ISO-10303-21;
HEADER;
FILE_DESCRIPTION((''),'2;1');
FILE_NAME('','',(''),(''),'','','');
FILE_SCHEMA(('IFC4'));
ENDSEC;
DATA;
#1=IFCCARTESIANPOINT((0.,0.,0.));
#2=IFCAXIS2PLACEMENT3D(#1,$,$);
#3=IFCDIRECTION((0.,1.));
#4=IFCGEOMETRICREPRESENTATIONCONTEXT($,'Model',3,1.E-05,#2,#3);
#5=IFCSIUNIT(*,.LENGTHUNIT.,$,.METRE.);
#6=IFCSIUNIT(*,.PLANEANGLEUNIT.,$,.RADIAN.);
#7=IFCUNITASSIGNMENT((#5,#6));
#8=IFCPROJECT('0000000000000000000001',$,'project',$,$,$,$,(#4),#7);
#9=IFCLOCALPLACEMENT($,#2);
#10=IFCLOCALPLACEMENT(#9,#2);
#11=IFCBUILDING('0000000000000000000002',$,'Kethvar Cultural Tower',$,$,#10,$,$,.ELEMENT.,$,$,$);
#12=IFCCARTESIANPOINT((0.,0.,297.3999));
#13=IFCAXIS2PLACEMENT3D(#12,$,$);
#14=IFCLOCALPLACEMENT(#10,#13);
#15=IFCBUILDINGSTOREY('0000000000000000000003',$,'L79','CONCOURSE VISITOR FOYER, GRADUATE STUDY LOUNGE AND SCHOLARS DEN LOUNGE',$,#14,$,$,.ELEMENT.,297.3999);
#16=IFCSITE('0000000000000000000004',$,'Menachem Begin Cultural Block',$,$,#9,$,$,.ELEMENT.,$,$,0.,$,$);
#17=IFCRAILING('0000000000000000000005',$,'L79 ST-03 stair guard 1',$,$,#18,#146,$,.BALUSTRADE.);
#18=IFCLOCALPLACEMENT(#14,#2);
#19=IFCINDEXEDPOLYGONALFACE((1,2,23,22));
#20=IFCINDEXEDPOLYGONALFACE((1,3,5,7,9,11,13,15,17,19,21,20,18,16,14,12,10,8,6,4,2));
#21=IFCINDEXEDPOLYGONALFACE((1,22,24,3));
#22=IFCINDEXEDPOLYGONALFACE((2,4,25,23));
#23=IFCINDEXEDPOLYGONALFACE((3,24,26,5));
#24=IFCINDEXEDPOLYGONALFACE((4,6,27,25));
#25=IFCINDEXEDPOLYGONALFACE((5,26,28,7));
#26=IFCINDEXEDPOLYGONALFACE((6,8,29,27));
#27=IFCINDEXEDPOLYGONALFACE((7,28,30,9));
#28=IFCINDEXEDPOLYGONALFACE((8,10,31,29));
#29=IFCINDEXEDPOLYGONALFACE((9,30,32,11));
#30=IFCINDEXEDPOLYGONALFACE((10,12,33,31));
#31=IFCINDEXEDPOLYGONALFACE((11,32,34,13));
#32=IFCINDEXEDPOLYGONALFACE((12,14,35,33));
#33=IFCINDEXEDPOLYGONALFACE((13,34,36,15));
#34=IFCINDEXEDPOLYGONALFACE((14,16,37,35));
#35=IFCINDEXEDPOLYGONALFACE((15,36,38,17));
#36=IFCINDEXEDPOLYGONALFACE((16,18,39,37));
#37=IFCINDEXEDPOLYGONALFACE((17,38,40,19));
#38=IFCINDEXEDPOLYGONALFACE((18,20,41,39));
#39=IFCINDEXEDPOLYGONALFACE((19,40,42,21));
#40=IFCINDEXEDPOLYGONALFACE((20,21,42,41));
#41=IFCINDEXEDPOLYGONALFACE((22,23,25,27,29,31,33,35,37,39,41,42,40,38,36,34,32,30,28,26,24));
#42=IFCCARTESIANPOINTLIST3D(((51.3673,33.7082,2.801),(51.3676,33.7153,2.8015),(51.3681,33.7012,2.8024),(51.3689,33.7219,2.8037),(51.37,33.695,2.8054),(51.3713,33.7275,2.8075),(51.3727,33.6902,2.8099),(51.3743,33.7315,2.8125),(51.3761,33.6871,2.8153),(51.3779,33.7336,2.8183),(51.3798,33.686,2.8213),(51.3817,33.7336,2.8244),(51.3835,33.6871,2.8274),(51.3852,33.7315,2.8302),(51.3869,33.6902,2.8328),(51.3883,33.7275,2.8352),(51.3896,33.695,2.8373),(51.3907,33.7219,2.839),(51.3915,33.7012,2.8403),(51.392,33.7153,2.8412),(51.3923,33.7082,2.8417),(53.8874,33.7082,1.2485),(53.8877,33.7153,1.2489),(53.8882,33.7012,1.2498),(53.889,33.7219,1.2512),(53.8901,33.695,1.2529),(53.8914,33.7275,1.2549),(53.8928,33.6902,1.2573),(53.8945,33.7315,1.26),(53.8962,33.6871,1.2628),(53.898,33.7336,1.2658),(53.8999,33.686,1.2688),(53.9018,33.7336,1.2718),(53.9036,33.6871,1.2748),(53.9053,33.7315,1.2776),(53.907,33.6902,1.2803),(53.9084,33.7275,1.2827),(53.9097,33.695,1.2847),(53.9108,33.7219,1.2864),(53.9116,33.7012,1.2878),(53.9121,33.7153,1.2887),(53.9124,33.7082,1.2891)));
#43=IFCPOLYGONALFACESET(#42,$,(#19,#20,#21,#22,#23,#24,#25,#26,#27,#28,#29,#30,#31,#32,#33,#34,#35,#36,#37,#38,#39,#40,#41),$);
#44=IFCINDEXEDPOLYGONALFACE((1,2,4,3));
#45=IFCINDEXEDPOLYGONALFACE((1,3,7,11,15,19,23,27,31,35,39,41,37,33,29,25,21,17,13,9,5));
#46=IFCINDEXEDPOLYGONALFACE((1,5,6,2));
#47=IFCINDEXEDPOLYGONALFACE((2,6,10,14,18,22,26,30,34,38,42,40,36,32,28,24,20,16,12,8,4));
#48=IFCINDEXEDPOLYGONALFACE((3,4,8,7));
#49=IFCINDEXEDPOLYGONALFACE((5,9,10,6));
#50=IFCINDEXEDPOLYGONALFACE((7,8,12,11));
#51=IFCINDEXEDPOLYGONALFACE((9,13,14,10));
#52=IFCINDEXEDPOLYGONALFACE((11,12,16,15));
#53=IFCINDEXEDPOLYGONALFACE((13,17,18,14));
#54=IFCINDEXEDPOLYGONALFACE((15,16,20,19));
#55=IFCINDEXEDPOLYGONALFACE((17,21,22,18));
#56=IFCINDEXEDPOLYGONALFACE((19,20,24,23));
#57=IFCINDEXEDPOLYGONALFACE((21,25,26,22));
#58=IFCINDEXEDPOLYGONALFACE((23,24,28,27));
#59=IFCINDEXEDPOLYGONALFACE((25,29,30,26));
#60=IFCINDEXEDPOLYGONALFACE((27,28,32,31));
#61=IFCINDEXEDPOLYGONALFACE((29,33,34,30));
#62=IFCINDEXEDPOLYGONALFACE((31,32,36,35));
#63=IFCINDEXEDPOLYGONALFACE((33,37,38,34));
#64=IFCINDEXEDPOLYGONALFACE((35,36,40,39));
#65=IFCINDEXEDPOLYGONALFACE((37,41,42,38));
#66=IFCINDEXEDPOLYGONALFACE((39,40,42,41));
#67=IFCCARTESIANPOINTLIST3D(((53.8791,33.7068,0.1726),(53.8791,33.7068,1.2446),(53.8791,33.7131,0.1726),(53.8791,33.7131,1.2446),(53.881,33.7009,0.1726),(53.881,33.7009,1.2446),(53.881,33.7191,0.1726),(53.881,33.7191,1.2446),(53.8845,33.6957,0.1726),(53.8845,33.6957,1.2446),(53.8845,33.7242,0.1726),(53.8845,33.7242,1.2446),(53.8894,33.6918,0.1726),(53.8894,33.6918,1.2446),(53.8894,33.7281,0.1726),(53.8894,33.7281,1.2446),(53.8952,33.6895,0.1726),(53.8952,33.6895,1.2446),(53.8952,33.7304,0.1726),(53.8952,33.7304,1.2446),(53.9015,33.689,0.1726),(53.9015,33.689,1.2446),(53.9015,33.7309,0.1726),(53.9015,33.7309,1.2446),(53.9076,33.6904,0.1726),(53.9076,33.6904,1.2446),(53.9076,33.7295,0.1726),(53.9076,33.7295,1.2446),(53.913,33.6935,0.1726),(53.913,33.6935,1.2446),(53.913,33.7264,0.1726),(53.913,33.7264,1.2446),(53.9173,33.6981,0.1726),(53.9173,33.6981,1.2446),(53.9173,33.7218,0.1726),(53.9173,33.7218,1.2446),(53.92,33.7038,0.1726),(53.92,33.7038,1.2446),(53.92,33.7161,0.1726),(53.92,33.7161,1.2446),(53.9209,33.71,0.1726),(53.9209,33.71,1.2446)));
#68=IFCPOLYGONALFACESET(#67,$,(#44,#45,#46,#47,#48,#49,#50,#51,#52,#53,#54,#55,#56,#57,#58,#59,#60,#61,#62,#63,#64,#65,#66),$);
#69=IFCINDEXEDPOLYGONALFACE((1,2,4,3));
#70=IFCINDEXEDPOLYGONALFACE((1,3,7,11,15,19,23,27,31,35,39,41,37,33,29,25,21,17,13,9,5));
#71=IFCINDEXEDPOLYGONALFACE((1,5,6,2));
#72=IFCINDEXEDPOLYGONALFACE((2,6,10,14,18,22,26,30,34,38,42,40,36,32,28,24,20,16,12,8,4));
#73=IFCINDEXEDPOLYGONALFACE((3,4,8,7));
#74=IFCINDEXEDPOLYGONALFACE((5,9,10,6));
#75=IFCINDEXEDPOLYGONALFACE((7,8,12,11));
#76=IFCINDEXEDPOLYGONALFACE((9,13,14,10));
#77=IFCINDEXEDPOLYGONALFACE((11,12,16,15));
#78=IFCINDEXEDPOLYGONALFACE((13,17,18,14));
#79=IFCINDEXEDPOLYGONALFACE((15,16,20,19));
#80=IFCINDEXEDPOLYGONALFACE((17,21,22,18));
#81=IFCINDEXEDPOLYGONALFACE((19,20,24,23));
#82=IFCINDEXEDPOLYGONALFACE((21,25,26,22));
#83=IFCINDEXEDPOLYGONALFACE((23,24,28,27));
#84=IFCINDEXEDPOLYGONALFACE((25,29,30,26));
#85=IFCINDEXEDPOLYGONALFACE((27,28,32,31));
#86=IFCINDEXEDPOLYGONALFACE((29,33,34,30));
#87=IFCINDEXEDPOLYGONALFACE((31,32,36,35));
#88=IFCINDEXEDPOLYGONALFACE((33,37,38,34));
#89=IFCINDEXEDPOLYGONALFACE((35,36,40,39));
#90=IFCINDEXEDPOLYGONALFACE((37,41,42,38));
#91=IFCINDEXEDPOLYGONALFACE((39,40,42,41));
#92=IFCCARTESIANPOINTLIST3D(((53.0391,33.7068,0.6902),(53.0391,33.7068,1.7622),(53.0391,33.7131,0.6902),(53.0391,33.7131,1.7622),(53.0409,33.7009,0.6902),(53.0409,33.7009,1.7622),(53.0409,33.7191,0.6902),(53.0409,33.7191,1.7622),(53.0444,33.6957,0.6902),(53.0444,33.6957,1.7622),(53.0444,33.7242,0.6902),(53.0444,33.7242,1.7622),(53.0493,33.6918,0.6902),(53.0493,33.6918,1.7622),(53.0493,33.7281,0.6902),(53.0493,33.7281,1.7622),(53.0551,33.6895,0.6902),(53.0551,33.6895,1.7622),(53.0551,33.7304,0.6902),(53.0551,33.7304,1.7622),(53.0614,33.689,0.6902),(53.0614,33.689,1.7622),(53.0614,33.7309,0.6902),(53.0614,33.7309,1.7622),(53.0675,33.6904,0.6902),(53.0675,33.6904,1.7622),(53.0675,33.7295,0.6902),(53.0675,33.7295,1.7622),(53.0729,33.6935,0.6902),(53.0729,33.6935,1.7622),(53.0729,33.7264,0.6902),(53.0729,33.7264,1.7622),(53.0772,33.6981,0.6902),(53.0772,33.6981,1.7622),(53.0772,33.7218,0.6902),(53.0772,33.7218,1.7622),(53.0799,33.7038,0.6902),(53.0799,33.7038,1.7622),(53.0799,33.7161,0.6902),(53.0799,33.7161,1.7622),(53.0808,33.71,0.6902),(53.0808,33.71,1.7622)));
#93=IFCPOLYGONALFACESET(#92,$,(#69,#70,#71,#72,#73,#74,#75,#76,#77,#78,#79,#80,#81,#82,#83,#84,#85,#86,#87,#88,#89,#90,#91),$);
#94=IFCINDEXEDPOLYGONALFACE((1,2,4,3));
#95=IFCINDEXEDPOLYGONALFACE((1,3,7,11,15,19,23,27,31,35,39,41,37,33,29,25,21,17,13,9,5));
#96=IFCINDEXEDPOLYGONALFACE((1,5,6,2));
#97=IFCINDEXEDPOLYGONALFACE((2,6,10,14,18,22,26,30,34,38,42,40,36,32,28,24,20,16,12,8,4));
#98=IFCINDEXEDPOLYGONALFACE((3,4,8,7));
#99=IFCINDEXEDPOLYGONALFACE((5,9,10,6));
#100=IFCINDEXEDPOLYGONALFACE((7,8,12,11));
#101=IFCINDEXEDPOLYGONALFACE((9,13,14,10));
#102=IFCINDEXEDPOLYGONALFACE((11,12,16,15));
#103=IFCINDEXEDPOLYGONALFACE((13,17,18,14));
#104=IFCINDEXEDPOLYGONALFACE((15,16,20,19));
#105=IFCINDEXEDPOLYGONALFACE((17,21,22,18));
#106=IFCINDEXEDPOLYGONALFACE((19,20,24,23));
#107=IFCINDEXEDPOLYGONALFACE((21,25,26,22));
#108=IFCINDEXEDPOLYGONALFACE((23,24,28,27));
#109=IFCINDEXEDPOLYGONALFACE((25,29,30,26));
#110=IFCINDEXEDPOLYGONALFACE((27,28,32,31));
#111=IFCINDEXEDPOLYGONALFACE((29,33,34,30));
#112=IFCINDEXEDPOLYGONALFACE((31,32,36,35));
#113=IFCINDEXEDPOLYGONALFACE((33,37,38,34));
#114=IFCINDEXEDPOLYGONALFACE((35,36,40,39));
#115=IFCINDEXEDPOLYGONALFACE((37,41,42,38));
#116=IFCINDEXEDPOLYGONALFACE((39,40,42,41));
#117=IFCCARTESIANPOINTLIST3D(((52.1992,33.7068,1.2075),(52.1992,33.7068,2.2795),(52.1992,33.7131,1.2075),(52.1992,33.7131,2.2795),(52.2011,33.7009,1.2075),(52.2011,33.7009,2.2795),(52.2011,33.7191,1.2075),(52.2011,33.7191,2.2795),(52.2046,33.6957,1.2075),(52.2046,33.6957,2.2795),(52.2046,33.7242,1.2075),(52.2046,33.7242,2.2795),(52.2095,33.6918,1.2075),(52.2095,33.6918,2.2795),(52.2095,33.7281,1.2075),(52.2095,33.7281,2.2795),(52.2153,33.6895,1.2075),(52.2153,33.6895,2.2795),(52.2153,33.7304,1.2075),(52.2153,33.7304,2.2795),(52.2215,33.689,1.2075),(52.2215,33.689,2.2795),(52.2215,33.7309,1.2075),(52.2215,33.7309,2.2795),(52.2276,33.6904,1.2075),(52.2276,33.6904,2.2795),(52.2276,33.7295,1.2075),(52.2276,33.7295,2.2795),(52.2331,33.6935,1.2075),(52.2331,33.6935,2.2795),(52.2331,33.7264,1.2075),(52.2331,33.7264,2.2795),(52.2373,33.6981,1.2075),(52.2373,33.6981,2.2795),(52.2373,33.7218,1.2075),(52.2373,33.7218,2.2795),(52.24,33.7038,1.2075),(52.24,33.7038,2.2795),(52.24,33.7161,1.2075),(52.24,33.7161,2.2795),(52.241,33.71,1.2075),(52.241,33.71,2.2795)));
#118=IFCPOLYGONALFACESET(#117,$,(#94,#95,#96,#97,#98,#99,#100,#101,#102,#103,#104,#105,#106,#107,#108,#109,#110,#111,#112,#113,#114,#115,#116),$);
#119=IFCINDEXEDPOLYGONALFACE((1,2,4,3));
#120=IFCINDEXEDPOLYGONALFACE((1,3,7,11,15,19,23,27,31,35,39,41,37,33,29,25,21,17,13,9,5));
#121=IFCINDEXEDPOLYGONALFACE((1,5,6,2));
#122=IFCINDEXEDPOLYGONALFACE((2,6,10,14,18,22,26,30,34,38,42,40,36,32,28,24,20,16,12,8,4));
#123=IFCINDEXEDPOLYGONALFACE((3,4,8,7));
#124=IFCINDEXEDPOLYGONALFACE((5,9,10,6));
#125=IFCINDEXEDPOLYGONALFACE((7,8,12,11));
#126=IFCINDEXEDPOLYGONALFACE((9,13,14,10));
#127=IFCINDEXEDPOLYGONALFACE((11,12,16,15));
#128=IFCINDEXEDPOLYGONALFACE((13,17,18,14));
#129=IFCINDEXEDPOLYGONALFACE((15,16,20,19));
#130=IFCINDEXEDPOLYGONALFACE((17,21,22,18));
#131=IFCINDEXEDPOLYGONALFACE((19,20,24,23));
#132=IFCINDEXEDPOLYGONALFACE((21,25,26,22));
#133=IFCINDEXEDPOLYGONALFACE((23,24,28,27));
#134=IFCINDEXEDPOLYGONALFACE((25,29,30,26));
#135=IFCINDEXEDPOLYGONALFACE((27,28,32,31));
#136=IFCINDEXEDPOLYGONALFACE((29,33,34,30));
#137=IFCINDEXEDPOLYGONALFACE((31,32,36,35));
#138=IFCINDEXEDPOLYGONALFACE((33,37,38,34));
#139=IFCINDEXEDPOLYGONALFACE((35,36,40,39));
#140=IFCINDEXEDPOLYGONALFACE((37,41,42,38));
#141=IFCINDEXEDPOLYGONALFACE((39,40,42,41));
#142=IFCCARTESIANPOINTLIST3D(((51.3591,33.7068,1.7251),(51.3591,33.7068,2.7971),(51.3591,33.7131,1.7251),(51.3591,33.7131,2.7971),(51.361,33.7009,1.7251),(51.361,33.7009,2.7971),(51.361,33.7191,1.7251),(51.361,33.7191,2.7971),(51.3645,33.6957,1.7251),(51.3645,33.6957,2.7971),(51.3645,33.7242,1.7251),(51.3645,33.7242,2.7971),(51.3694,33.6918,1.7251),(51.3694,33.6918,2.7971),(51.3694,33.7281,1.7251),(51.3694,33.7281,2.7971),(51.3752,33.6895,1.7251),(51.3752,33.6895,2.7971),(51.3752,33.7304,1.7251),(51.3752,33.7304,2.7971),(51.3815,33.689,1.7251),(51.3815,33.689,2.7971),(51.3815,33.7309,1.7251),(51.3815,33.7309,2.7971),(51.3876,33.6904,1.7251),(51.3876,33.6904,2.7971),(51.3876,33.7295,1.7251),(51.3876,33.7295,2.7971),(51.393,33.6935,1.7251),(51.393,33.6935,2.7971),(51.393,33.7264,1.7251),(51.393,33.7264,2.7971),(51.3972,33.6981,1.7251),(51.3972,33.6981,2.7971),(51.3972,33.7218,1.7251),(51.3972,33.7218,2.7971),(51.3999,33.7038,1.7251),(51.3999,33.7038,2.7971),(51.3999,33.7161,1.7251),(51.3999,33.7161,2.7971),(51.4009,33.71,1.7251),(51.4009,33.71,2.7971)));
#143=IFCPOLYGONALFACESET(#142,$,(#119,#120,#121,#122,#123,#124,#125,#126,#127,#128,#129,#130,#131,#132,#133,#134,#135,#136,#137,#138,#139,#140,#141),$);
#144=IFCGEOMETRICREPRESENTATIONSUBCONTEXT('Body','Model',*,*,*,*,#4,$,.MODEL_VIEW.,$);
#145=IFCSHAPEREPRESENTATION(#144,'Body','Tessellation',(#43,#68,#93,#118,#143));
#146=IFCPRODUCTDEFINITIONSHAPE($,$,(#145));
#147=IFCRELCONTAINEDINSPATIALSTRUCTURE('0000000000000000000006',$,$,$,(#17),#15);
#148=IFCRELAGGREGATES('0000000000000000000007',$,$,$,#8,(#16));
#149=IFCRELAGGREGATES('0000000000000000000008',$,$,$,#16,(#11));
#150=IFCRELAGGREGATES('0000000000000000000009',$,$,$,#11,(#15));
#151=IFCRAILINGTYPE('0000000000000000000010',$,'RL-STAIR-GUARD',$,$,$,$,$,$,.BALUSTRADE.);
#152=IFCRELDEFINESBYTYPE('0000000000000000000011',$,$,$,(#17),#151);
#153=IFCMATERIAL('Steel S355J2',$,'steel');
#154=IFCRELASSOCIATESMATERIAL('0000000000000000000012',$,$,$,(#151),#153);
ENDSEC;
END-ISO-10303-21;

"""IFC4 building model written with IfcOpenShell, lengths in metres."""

from ifc_helpers import new_model, si_unit, direction, frame, origin, origin_2d, place, context, subcontext, project, spatial, circle, extrude, material, type_object, element, save


model = new_model("IFC4")

# Units and contexts
model_context = context("Model", 3, precision=1e-05, world=origin(), true_north=direction((0.0, 1.0)))
body_context = subcontext(model_context, "Body", "Model", "MODEL_VIEW")
ifc_project = project(units=[si_unit("LENGTHUNIT", "METRE"), si_unit("PLANEANGLEUNIT", "RADIAN")], contexts=[model_context])

# Site, building, storey
site_placement = place(None, origin())
site = spatial("IfcSite", under=ifc_project, at=site_placement, Name="Menachem Begin Cultural Block", CompositionType="ELEMENT", RefElevation=0.0)
building_placement = place(site_placement, origin())
building = spatial("IfcBuilding", under=site, at=building_placement, Name="Kethvar Cultural Tower", CompositionType="ELEMENT")
storey_placement = place(building_placement, frame((0.0, 0.0, 297.3999)))
storey = spatial("IfcBuildingStorey", under=building, at=storey_placement, Name="L79", Description="CONCOURSE VISITOR FOYER, GRADUATE STUDY LOUNGE AND SCHOLARS DEN LOUNGE", CompositionType="ELEMENT", Elevation=297.3999)

# Shared definitions
ifc_material_1 = material(Name="Steel S355J2", Category="steel")

# Railing
railing_type_1 = type_object("IfcRailingType", Name="RL-STAIR-GUARD", PredefinedType="BALUSTRADE", material=ifc_material_1)
railing_1_placement = place(storey_placement, frame((53.8999, 33.71, 0.1726)))
element("IfcRailing", 1, at=railing_1_placement, inside=storey, type_object=railing_type_1, Name="L79 ST-03 stair guard 1", PredefinedType="BALUSTRADE", context=body_context, shape_type="SweptSolid", body=[
    extrude(circle(Radius=0.0239, at=origin_2d()), frame((0.0, 0.0, 1.0962), z_axis=(-0.8514, 0.0, 0.524516), x_axis=(0.0, -1.0, 0.0)), (0.0, 0.0, 1.0), 2.96),
    extrude(circle(Radius=0.021, at=origin_2d()), origin(), (0.0, 0.0, 1.0), 1.072),
    extrude(circle(Radius=0.021, at=origin_2d()), frame((-0.8401, 0.0, 0.5176)), (0.0, 0.0, 1.0), 1.072),
    extrude(circle(Radius=0.021, at=origin_2d()), frame((-1.6799, 0.0, 1.0349)), (0.0, 0.0, 1.0), 1.072),
    extrude(circle(Radius=0.021, at=origin_2d()), frame((-2.52, 0.0, 1.5525)), (0.0, 0.0, 1.0), 1.072),
])

save(model, "model.ifc")
